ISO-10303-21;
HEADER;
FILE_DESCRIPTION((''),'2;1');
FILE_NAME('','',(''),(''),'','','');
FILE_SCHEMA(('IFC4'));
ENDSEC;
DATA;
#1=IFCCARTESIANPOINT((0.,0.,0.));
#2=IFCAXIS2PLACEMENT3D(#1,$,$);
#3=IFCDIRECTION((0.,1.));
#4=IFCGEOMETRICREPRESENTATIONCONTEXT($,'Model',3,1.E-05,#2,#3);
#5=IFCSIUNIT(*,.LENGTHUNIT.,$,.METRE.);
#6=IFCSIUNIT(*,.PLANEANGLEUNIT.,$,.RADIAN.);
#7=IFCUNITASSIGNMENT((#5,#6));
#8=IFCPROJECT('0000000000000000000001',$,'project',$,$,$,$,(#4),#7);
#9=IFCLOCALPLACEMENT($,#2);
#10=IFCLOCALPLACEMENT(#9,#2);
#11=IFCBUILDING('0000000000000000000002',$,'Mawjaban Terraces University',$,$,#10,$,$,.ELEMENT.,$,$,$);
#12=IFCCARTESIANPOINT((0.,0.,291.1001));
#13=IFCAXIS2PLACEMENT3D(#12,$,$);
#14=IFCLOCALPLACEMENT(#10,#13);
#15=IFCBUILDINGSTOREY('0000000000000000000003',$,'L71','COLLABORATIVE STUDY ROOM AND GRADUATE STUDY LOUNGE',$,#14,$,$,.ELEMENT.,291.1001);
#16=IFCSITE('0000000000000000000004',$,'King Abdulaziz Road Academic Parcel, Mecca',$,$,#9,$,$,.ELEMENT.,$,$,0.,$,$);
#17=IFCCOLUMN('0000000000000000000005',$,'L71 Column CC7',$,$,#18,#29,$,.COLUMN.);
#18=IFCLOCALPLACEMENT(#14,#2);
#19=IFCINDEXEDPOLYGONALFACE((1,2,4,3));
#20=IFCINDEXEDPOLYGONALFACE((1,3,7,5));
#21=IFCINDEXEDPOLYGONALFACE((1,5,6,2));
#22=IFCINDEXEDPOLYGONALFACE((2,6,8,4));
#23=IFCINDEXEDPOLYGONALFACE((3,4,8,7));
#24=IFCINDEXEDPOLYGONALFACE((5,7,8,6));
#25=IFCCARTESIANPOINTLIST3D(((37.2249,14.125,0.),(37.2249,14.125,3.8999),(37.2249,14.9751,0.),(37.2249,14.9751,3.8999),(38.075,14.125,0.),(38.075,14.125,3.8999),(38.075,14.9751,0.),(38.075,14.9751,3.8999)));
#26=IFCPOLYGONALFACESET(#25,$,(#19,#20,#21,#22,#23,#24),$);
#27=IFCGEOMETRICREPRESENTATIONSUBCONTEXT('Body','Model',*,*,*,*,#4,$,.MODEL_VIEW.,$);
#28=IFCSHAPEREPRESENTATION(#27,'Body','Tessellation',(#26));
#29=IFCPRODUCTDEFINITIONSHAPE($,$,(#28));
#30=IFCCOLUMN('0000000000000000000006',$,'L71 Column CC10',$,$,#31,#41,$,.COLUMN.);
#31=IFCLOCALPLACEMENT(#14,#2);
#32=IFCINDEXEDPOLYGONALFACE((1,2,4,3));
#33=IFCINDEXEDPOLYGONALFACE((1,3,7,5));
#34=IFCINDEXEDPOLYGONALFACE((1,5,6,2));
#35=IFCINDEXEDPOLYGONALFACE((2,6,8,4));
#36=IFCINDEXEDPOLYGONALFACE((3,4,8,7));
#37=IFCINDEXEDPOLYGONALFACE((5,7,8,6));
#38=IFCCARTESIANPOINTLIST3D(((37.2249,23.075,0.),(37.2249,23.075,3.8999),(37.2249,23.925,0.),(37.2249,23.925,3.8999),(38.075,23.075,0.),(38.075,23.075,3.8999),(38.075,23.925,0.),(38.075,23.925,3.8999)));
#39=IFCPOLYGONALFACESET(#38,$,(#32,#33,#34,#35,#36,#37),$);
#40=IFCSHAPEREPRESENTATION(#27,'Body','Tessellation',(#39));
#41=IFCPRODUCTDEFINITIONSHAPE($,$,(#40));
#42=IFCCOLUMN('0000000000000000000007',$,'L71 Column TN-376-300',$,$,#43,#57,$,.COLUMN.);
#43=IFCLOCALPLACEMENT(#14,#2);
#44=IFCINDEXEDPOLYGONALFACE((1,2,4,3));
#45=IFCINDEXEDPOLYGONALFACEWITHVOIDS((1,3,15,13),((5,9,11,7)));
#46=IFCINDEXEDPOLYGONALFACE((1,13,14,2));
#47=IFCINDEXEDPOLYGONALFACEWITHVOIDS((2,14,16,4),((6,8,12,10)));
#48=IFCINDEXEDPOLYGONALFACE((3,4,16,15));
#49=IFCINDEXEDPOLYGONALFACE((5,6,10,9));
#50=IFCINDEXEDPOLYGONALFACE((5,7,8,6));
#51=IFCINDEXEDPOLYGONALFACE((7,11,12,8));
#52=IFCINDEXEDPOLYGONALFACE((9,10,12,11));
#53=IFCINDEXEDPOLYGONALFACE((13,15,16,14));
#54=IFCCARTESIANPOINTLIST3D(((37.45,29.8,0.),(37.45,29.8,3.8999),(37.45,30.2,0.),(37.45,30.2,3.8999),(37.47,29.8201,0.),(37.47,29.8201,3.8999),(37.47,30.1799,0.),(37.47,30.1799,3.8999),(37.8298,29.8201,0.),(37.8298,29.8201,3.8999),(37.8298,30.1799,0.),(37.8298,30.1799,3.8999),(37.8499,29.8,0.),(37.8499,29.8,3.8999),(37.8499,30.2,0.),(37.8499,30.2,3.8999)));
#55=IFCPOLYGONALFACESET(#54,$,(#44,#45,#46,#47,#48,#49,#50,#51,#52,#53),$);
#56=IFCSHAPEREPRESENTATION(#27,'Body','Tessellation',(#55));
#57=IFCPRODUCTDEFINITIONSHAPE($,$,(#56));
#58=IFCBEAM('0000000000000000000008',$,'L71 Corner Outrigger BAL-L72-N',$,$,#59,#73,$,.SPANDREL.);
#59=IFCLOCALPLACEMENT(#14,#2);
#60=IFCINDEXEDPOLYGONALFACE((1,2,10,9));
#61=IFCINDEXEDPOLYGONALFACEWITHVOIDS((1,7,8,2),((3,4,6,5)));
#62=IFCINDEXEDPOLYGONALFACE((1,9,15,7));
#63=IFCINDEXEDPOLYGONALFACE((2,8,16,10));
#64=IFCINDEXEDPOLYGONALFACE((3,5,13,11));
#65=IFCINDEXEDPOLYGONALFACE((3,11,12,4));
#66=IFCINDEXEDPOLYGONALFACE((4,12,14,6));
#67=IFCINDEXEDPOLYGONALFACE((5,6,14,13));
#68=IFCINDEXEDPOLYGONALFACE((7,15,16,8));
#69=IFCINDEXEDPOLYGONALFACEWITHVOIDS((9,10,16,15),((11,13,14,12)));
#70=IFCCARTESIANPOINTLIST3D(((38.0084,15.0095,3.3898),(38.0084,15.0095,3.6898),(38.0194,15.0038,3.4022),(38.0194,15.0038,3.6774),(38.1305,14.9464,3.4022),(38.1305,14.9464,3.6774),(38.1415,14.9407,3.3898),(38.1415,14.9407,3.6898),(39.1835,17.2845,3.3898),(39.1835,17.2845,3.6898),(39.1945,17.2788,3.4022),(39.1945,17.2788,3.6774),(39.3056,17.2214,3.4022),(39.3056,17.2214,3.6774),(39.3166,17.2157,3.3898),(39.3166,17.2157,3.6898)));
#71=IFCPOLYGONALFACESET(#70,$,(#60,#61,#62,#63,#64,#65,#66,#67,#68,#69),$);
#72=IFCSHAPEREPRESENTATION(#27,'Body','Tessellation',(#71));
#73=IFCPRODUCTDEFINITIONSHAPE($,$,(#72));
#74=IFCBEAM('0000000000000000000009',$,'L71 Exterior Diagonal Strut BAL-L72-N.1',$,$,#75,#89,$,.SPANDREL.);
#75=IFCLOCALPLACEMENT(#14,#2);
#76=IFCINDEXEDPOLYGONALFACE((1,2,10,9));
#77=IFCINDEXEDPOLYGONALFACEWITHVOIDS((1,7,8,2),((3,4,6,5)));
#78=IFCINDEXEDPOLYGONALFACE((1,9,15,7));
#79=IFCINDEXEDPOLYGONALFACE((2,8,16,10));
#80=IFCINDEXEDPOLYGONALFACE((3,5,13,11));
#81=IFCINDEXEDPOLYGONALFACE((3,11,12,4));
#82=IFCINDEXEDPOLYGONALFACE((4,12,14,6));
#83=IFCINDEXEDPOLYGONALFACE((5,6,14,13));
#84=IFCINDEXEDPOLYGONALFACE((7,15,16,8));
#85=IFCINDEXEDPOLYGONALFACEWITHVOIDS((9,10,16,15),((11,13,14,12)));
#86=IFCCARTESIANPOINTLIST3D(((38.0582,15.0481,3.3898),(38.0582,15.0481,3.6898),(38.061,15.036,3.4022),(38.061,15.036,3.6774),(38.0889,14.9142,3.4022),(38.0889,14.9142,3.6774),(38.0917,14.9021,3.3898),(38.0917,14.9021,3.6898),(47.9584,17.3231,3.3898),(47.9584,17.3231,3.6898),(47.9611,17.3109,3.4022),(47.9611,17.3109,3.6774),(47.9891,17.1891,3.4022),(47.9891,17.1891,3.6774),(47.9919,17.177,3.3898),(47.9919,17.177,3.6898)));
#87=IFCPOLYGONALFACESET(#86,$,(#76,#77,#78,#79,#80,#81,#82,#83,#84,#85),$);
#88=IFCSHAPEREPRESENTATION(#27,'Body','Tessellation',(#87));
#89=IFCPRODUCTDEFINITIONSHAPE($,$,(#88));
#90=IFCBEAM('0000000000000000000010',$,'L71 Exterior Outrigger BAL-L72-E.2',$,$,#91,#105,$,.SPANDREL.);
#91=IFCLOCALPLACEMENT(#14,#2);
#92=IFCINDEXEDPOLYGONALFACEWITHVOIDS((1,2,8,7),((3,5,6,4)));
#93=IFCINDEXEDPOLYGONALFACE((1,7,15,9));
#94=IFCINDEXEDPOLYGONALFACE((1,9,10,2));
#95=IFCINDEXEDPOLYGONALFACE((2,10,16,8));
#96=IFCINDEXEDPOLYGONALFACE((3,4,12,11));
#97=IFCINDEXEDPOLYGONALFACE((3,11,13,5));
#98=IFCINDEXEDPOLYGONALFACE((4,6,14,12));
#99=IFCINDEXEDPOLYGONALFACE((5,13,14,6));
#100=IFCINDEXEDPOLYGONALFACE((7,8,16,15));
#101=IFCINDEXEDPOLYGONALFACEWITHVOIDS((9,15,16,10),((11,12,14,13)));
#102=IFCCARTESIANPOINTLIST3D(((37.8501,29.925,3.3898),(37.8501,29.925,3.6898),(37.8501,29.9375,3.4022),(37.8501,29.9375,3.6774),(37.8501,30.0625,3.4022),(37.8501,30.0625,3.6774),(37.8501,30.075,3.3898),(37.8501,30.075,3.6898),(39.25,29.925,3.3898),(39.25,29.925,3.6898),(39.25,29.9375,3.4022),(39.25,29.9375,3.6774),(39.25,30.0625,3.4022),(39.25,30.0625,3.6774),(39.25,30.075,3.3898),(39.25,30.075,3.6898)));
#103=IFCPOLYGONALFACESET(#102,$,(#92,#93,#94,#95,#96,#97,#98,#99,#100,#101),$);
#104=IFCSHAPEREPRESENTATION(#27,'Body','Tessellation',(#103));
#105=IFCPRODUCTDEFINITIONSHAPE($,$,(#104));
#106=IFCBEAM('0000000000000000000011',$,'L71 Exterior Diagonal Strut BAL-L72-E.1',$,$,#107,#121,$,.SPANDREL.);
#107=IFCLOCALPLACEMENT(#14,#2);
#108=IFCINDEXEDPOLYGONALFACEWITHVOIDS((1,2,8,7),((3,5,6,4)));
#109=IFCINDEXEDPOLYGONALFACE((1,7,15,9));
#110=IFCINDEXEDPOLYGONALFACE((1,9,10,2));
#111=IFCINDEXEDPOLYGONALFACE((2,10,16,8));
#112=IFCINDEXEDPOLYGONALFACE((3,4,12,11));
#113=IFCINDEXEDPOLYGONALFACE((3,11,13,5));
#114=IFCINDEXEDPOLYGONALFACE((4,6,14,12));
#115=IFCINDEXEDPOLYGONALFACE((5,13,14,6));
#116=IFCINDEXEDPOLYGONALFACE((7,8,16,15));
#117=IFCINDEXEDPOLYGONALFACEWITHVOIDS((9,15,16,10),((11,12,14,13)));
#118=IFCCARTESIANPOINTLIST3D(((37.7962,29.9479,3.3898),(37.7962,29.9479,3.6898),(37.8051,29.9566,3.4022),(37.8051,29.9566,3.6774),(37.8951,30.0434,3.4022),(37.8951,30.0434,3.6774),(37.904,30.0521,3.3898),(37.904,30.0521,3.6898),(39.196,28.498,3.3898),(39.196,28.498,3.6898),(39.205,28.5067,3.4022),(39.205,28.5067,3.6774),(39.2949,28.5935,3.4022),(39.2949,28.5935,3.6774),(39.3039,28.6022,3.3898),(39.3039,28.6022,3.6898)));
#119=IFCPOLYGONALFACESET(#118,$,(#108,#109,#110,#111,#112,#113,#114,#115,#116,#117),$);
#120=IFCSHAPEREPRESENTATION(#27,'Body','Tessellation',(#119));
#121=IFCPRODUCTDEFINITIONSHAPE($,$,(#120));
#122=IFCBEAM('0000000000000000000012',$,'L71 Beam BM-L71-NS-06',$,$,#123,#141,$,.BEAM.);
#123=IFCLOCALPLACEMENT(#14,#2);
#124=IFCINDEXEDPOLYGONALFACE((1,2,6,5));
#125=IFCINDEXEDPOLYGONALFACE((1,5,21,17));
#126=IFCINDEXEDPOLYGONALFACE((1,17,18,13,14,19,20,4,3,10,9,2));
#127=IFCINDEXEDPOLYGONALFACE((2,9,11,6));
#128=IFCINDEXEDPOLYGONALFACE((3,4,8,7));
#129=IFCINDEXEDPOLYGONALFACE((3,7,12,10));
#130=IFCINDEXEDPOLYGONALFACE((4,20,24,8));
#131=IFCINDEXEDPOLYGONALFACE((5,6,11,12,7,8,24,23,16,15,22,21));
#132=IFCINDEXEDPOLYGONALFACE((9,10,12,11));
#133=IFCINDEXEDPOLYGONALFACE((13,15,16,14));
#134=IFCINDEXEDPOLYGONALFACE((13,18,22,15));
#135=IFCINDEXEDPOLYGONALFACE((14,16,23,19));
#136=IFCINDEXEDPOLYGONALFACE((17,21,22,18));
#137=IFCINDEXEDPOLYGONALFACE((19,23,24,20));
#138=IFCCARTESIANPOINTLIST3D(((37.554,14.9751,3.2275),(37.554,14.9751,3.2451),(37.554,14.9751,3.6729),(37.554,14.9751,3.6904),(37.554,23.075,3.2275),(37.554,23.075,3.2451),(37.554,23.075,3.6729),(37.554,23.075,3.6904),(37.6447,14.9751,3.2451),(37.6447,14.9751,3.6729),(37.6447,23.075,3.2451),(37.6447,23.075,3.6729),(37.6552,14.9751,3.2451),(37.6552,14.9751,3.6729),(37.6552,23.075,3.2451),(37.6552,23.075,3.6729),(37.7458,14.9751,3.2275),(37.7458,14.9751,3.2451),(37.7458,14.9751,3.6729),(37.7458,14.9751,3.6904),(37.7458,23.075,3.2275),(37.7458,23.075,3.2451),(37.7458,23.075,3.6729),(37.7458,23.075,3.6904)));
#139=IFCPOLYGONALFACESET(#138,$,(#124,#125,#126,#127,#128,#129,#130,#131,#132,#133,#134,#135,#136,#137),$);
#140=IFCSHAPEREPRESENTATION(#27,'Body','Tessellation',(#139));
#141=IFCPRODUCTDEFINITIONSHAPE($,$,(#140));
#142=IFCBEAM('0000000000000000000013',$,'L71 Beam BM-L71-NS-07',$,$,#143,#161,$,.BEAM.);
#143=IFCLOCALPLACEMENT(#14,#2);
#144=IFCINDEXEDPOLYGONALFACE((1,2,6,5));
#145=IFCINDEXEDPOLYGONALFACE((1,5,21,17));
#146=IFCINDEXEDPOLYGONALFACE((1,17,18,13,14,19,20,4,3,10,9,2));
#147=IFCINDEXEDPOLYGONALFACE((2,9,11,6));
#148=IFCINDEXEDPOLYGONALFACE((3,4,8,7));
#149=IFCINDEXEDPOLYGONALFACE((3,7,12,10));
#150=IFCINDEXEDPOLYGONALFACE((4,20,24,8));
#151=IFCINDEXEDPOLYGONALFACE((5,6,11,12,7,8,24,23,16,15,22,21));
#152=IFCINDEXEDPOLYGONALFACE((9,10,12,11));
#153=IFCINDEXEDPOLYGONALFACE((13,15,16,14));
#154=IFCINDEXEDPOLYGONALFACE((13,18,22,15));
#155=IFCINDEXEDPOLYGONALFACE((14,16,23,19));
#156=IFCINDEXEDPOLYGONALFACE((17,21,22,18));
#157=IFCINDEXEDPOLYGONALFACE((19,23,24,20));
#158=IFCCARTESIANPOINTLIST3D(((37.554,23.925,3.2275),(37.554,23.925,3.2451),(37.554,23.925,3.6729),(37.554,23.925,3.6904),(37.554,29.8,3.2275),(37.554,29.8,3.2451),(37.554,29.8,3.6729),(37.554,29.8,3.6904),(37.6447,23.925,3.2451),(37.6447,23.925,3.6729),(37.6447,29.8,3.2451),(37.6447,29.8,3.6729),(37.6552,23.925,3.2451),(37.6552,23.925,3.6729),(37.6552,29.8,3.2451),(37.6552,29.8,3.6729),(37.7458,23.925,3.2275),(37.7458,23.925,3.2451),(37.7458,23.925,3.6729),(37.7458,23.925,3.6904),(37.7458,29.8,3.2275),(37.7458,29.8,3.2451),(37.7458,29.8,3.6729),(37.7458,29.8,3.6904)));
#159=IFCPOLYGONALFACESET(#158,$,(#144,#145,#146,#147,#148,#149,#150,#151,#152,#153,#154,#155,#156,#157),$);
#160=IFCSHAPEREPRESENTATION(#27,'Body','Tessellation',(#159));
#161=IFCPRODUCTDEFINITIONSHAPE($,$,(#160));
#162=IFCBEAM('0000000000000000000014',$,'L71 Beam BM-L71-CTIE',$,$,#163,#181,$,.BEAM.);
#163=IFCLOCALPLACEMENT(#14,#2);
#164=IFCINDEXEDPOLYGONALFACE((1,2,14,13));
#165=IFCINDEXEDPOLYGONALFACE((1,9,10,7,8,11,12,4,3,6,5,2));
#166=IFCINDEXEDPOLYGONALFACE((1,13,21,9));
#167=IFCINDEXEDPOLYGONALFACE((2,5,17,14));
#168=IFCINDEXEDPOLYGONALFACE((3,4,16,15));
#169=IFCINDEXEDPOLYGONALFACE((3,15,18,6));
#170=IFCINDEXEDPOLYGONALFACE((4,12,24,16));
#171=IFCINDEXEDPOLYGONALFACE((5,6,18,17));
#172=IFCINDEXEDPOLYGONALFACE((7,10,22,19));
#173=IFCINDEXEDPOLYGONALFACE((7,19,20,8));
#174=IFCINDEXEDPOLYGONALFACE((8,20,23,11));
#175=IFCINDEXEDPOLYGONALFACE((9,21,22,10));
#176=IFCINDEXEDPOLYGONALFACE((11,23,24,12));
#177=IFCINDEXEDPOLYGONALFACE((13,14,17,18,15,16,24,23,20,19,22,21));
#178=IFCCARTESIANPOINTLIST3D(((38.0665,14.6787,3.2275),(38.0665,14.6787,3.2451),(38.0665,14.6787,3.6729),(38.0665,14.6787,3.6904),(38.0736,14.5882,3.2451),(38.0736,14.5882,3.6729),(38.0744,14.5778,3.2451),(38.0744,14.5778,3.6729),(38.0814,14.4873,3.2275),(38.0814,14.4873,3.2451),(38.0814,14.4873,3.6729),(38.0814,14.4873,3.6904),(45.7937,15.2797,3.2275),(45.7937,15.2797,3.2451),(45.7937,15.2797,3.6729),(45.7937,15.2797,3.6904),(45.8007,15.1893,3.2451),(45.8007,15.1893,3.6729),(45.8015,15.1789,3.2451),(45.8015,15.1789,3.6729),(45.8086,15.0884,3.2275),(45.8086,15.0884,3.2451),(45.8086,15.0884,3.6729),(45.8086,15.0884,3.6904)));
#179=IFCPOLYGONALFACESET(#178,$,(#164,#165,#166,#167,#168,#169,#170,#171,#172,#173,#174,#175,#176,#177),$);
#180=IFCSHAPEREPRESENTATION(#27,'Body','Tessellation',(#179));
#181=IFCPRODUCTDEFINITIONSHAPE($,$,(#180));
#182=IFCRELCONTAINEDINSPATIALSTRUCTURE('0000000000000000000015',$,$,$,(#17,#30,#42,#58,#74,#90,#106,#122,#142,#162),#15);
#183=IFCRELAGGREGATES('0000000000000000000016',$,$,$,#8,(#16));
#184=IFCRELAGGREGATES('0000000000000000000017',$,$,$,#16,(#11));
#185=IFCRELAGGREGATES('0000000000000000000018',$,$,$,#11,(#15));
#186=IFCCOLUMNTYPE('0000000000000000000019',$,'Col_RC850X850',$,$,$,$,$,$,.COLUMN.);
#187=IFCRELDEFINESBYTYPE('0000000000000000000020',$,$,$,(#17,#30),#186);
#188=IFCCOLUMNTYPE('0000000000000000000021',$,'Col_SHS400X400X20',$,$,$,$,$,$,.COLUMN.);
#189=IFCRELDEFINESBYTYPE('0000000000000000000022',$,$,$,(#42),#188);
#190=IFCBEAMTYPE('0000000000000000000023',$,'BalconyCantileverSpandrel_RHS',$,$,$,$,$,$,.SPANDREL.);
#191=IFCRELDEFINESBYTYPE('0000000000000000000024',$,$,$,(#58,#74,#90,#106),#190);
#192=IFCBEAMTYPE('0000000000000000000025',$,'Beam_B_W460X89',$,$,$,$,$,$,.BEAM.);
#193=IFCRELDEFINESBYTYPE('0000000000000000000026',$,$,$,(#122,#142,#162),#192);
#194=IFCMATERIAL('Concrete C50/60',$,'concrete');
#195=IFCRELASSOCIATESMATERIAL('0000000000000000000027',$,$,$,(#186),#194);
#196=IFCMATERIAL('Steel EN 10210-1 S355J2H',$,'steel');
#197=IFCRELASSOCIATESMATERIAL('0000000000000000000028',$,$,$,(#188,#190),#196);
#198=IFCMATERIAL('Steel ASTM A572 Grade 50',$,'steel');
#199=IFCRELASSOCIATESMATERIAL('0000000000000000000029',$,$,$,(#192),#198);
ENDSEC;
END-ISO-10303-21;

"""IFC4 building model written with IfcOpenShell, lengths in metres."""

from ifc_helpers import new_model, si_unit, direction, frame, origin, origin_2d, place, context, subcontext, project, spatial, rectangle, hollow_rectangle, i_section, extrude, material, material_profile, profile_set, type_object, element, save


model = new_model("IFC4")

# Units and contexts
model_context = context("Model", 3, precision=1e-05, world=origin(), true_north=direction((0.0, 1.0)))
body_context = subcontext(model_context, "Body", "Model", "MODEL_VIEW")
ifc_project = project(units=[si_unit("LENGTHUNIT", "METRE"), si_unit("PLANEANGLEUNIT", "RADIAN")], contexts=[model_context])

# Site, building, storey
site_placement = place(None, origin())
site = spatial("IfcSite", under=ifc_project, at=site_placement, Name="King Abdulaziz Road Academic Parcel, Mecca", CompositionType="ELEMENT", RefElevation=0.0)
building_placement = place(site_placement, origin())
building = spatial("IfcBuilding", under=site, at=building_placement, Name="Mawjaban Terraces University", CompositionType="ELEMENT")
storey_placement = place(building_placement, frame((0.0, 0.0, 291.1001)))
storey = spatial("IfcBuildingStorey", under=building, at=storey_placement, Name="L71", Description="COLLABORATIVE STUDY ROOM AND GRADUATE STUDY LOUNGE", CompositionType="ELEMENT", Elevation=291.1001)

# Columns
ifc_material_1 = material(Name="Concrete C50/60", Category="concrete")
ifc_material_profile_1 = material_profile(ifc_material_1, rectangle(XDim=0.8501, YDim=0.8501, at=origin_2d()), Name="RC850X850")
ifc_profile_set_1 = profile_set([ifc_material_profile_1], Name="Concrete C50/60")
column_type_1 = type_object("IfcColumnType", Name="Col_RC850X850", PredefinedType="COLUMN", material=ifc_profile_set_1)
for number, where, z_axis, x_axis, name in (
    (1, (37.6499, 14.55, 0.0), (0.0, 0.0, 1.0), (1.0, 0.0, 0.0), "L71 Column CC7"),
    (2, (37.6499, 23.5, 0.0), (0.0, 0.0, 1.0), (1.0, 0.0, 0.0), "L71 Column CC10"),
):
    element("IfcColumn", number, at=place(storey_placement, frame(where, z_axis=z_axis, x_axis=x_axis)), inside=storey, type_object=column_type_1, Name=name, PredefinedType="COLUMN", context=body_context, shape_type="SweptSolid", body=[
        extrude(rectangle(XDim=0.8501, YDim=0.8501, at=origin_2d()), origin(), (0.0, 0.0, 1.0), 3.8999),
    ])
ifc_material_2 = material(Name="Steel EN 10210-1 S355J2H", Category="steel")
ifc_material_profile_2 = material_profile(ifc_material_2, hollow_rectangle(XDim=0.3999, YDim=0.3999, WallThickness=0.02, at=origin_2d()), Name="SHS400X400X20")
ifc_profile_set_2 = profile_set([ifc_material_profile_2], Name="Steel EN 10210-1 S355J2H")
column_type_2 = type_object("IfcColumnType", Name="Col_SHS400X400X20", PredefinedType="COLUMN", material=ifc_profile_set_2)
column_placement = place(storey_placement, frame((37.6499, 30.0, 0.0), z_axis=(0.0, 0.0, 1.0), x_axis=(1.0, 0.0, 0.0)))
element("IfcColumn", 3, at=column_placement, inside=storey, type_object=column_type_2, Name="L71 Column TN-376-300", PredefinedType="COLUMN", context=body_context, shape_type="SweptSolid", body=[
    extrude(hollow_rectangle(XDim=0.3999, YDim=0.3999, WallThickness=0.02, at=origin_2d()), origin(), (0.0, 0.0, 1.0), 3.8999),
])

# Beams
ifc_material_profile_3 = material_profile(ifc_material_2, hollow_rectangle(XDim=0.1499, YDim=0.3, WallThickness=0.0125, at=origin_2d()), Name="RHS300X150X12.5")
ifc_profile_set_3 = profile_set([ifc_material_profile_3], Name="Steel EN 10210-1 S355J2H")
beam_type_1 = type_object("IfcBeamType", Name="BalconyCantileverSpandrel_RHS", PredefinedType="SPANDREL", material=ifc_profile_set_3)
beam_1_placement = place(storey_placement, frame((38.075, 14.9751, 3.5398), z_axis=(0.458922, 0.888476, 0.0), x_axis=(-0.888476, 0.458922, 0.0)))
element("IfcBeam", 4, at=beam_1_placement, inside=storey, type_object=beam_type_1, Name="L71 Corner Outrigger BAL-L72-N", PredefinedType="SPANDREL", context=body_context, shape_type="SweptSolid", body=[
    extrude(hollow_rectangle(XDim=0.1499, YDim=0.3, WallThickness=0.0125, at=origin_2d()), origin(), (0.0, 0.0, 1.0), 2.5605),
])
beam_2_placement = place(storey_placement, frame((38.075, 14.9751, 3.5398), z_axis=(0.974601, 0.223948, 0.0), x_axis=(-0.223948, 0.974601, 0.0)))
element("IfcBeam", 5, at=beam_2_placement, inside=storey, type_object=beam_type_1, Name="L71 Exterior Diagonal Strut BAL-L72-N.1", PredefinedType="SPANDREL", context=body_context, shape_type="SweptSolid", body=[
    extrude(hollow_rectangle(XDim=0.1499, YDim=0.3, WallThickness=0.0125, at=origin_2d()), origin(), (0.0, 0.0, 1.0), 10.1582),
])
beam_3_placement = place(storey_placement, frame((37.8501, 30.0, 3.5398), z_axis=(1.0, 0.0, 0.0), x_axis=(0.0, 1.0, 0.0)))
element("IfcBeam", 6, at=beam_3_placement, inside=storey, type_object=beam_type_1, Name="L71 Exterior Outrigger BAL-L72-E.2", PredefinedType="SPANDREL", context=body_context, shape_type="SweptSolid", body=[
    extrude(hollow_rectangle(XDim=0.1499, YDim=0.3, WallThickness=0.0125, at=origin_2d()), origin(), (0.0, 0.0, 1.0), 1.3999),
])
beam_4_placement = place(storey_placement, frame((37.8501, 30.0, 3.5398), z_axis=(0.694582, -0.719414, 0.0), x_axis=(0.719414, 0.694582, 0.0)))
element("IfcBeam", 7, at=beam_4_placement, inside=storey, type_object=beam_type_1, Name="L71 Exterior Diagonal Strut BAL-L72-E.1", PredefinedType="SPANDREL", context=body_context, shape_type="SweptSolid", body=[
    extrude(hollow_rectangle(XDim=0.1499, YDim=0.3, WallThickness=0.0125, at=origin_2d()), origin(), (0.0, 0.0, 1.0), 2.0154),
])
ifc_material_3 = material(Name="Steel ASTM A572 Grade 50", Category="steel")
ifc_material_profile_4 = material_profile(ifc_material_3, i_section(OverallWidth=0.1919, OverallDepth=0.4629, WebThickness=0.0105, FlangeThickness=0.0176, at=origin_2d()), Name="W460X89")
ifc_profile_set_4 = profile_set([ifc_material_profile_4], Name="Steel ASTM A572 Grade 50")
beam_type_2 = type_object("IfcBeamType", Name="Beam_B_W460X89", PredefinedType="BEAM", material=ifc_profile_set_4)
beam_5_placement = place(storey_placement, frame((37.6499, 14.9751, 3.459), z_axis=(0.0, 1.0, 0.0), x_axis=(-1.0, 0.0, 0.0)))
element("IfcBeam", 8, at=beam_5_placement, inside=storey, type_object=beam_type_2, Name="L71 Beam BM-L71-NS-06", PredefinedType="BEAM", context=body_context, shape_type="SweptSolid", body=[
    extrude(i_section(OverallWidth=0.1919, OverallDepth=0.4629, WebThickness=0.0105, FlangeThickness=0.0176, at=origin_2d()), origin(), (0.0, 0.0, 1.0), 8.0999),
])
beam_6_placement = place(storey_placement, frame((37.6499, 23.925, 3.459), z_axis=(0.0, 1.0, 0.0), x_axis=(-1.0, 0.0, 0.0)))
element("IfcBeam", 9, at=beam_6_placement, inside=storey, type_object=beam_type_2, Name="L71 Beam BM-L71-NS-07", PredefinedType="BEAM", context=body_context, shape_type="SweptSolid", body=[
    extrude(i_section(OverallWidth=0.1919, OverallDepth=0.4629, WebThickness=0.0105, FlangeThickness=0.0176, at=origin_2d()), origin(), (0.0, 0.0, 1.0), 5.875),
])
beam_7_placement = place(storey_placement, frame((38.074, 14.583, 3.459), z_axis=(0.996988, 0.077554, 0.0), x_axis=(-0.077554, 0.996988, 0.0)))
element("IfcBeam", 10, at=beam_7_placement, inside=storey, type_object=beam_type_2, Name="L71 Beam BM-L71-CTIE", PredefinedType="BEAM", context=body_context, shape_type="SweptSolid", body=[
    extrude(i_section(OverallWidth=0.1919, OverallDepth=0.4629, WebThickness=0.0105, FlangeThickness=0.0176, at=origin_2d()), origin(), (0.0, 0.0, 1.0), 7.7505),
])

save(model, "model.ifc")
